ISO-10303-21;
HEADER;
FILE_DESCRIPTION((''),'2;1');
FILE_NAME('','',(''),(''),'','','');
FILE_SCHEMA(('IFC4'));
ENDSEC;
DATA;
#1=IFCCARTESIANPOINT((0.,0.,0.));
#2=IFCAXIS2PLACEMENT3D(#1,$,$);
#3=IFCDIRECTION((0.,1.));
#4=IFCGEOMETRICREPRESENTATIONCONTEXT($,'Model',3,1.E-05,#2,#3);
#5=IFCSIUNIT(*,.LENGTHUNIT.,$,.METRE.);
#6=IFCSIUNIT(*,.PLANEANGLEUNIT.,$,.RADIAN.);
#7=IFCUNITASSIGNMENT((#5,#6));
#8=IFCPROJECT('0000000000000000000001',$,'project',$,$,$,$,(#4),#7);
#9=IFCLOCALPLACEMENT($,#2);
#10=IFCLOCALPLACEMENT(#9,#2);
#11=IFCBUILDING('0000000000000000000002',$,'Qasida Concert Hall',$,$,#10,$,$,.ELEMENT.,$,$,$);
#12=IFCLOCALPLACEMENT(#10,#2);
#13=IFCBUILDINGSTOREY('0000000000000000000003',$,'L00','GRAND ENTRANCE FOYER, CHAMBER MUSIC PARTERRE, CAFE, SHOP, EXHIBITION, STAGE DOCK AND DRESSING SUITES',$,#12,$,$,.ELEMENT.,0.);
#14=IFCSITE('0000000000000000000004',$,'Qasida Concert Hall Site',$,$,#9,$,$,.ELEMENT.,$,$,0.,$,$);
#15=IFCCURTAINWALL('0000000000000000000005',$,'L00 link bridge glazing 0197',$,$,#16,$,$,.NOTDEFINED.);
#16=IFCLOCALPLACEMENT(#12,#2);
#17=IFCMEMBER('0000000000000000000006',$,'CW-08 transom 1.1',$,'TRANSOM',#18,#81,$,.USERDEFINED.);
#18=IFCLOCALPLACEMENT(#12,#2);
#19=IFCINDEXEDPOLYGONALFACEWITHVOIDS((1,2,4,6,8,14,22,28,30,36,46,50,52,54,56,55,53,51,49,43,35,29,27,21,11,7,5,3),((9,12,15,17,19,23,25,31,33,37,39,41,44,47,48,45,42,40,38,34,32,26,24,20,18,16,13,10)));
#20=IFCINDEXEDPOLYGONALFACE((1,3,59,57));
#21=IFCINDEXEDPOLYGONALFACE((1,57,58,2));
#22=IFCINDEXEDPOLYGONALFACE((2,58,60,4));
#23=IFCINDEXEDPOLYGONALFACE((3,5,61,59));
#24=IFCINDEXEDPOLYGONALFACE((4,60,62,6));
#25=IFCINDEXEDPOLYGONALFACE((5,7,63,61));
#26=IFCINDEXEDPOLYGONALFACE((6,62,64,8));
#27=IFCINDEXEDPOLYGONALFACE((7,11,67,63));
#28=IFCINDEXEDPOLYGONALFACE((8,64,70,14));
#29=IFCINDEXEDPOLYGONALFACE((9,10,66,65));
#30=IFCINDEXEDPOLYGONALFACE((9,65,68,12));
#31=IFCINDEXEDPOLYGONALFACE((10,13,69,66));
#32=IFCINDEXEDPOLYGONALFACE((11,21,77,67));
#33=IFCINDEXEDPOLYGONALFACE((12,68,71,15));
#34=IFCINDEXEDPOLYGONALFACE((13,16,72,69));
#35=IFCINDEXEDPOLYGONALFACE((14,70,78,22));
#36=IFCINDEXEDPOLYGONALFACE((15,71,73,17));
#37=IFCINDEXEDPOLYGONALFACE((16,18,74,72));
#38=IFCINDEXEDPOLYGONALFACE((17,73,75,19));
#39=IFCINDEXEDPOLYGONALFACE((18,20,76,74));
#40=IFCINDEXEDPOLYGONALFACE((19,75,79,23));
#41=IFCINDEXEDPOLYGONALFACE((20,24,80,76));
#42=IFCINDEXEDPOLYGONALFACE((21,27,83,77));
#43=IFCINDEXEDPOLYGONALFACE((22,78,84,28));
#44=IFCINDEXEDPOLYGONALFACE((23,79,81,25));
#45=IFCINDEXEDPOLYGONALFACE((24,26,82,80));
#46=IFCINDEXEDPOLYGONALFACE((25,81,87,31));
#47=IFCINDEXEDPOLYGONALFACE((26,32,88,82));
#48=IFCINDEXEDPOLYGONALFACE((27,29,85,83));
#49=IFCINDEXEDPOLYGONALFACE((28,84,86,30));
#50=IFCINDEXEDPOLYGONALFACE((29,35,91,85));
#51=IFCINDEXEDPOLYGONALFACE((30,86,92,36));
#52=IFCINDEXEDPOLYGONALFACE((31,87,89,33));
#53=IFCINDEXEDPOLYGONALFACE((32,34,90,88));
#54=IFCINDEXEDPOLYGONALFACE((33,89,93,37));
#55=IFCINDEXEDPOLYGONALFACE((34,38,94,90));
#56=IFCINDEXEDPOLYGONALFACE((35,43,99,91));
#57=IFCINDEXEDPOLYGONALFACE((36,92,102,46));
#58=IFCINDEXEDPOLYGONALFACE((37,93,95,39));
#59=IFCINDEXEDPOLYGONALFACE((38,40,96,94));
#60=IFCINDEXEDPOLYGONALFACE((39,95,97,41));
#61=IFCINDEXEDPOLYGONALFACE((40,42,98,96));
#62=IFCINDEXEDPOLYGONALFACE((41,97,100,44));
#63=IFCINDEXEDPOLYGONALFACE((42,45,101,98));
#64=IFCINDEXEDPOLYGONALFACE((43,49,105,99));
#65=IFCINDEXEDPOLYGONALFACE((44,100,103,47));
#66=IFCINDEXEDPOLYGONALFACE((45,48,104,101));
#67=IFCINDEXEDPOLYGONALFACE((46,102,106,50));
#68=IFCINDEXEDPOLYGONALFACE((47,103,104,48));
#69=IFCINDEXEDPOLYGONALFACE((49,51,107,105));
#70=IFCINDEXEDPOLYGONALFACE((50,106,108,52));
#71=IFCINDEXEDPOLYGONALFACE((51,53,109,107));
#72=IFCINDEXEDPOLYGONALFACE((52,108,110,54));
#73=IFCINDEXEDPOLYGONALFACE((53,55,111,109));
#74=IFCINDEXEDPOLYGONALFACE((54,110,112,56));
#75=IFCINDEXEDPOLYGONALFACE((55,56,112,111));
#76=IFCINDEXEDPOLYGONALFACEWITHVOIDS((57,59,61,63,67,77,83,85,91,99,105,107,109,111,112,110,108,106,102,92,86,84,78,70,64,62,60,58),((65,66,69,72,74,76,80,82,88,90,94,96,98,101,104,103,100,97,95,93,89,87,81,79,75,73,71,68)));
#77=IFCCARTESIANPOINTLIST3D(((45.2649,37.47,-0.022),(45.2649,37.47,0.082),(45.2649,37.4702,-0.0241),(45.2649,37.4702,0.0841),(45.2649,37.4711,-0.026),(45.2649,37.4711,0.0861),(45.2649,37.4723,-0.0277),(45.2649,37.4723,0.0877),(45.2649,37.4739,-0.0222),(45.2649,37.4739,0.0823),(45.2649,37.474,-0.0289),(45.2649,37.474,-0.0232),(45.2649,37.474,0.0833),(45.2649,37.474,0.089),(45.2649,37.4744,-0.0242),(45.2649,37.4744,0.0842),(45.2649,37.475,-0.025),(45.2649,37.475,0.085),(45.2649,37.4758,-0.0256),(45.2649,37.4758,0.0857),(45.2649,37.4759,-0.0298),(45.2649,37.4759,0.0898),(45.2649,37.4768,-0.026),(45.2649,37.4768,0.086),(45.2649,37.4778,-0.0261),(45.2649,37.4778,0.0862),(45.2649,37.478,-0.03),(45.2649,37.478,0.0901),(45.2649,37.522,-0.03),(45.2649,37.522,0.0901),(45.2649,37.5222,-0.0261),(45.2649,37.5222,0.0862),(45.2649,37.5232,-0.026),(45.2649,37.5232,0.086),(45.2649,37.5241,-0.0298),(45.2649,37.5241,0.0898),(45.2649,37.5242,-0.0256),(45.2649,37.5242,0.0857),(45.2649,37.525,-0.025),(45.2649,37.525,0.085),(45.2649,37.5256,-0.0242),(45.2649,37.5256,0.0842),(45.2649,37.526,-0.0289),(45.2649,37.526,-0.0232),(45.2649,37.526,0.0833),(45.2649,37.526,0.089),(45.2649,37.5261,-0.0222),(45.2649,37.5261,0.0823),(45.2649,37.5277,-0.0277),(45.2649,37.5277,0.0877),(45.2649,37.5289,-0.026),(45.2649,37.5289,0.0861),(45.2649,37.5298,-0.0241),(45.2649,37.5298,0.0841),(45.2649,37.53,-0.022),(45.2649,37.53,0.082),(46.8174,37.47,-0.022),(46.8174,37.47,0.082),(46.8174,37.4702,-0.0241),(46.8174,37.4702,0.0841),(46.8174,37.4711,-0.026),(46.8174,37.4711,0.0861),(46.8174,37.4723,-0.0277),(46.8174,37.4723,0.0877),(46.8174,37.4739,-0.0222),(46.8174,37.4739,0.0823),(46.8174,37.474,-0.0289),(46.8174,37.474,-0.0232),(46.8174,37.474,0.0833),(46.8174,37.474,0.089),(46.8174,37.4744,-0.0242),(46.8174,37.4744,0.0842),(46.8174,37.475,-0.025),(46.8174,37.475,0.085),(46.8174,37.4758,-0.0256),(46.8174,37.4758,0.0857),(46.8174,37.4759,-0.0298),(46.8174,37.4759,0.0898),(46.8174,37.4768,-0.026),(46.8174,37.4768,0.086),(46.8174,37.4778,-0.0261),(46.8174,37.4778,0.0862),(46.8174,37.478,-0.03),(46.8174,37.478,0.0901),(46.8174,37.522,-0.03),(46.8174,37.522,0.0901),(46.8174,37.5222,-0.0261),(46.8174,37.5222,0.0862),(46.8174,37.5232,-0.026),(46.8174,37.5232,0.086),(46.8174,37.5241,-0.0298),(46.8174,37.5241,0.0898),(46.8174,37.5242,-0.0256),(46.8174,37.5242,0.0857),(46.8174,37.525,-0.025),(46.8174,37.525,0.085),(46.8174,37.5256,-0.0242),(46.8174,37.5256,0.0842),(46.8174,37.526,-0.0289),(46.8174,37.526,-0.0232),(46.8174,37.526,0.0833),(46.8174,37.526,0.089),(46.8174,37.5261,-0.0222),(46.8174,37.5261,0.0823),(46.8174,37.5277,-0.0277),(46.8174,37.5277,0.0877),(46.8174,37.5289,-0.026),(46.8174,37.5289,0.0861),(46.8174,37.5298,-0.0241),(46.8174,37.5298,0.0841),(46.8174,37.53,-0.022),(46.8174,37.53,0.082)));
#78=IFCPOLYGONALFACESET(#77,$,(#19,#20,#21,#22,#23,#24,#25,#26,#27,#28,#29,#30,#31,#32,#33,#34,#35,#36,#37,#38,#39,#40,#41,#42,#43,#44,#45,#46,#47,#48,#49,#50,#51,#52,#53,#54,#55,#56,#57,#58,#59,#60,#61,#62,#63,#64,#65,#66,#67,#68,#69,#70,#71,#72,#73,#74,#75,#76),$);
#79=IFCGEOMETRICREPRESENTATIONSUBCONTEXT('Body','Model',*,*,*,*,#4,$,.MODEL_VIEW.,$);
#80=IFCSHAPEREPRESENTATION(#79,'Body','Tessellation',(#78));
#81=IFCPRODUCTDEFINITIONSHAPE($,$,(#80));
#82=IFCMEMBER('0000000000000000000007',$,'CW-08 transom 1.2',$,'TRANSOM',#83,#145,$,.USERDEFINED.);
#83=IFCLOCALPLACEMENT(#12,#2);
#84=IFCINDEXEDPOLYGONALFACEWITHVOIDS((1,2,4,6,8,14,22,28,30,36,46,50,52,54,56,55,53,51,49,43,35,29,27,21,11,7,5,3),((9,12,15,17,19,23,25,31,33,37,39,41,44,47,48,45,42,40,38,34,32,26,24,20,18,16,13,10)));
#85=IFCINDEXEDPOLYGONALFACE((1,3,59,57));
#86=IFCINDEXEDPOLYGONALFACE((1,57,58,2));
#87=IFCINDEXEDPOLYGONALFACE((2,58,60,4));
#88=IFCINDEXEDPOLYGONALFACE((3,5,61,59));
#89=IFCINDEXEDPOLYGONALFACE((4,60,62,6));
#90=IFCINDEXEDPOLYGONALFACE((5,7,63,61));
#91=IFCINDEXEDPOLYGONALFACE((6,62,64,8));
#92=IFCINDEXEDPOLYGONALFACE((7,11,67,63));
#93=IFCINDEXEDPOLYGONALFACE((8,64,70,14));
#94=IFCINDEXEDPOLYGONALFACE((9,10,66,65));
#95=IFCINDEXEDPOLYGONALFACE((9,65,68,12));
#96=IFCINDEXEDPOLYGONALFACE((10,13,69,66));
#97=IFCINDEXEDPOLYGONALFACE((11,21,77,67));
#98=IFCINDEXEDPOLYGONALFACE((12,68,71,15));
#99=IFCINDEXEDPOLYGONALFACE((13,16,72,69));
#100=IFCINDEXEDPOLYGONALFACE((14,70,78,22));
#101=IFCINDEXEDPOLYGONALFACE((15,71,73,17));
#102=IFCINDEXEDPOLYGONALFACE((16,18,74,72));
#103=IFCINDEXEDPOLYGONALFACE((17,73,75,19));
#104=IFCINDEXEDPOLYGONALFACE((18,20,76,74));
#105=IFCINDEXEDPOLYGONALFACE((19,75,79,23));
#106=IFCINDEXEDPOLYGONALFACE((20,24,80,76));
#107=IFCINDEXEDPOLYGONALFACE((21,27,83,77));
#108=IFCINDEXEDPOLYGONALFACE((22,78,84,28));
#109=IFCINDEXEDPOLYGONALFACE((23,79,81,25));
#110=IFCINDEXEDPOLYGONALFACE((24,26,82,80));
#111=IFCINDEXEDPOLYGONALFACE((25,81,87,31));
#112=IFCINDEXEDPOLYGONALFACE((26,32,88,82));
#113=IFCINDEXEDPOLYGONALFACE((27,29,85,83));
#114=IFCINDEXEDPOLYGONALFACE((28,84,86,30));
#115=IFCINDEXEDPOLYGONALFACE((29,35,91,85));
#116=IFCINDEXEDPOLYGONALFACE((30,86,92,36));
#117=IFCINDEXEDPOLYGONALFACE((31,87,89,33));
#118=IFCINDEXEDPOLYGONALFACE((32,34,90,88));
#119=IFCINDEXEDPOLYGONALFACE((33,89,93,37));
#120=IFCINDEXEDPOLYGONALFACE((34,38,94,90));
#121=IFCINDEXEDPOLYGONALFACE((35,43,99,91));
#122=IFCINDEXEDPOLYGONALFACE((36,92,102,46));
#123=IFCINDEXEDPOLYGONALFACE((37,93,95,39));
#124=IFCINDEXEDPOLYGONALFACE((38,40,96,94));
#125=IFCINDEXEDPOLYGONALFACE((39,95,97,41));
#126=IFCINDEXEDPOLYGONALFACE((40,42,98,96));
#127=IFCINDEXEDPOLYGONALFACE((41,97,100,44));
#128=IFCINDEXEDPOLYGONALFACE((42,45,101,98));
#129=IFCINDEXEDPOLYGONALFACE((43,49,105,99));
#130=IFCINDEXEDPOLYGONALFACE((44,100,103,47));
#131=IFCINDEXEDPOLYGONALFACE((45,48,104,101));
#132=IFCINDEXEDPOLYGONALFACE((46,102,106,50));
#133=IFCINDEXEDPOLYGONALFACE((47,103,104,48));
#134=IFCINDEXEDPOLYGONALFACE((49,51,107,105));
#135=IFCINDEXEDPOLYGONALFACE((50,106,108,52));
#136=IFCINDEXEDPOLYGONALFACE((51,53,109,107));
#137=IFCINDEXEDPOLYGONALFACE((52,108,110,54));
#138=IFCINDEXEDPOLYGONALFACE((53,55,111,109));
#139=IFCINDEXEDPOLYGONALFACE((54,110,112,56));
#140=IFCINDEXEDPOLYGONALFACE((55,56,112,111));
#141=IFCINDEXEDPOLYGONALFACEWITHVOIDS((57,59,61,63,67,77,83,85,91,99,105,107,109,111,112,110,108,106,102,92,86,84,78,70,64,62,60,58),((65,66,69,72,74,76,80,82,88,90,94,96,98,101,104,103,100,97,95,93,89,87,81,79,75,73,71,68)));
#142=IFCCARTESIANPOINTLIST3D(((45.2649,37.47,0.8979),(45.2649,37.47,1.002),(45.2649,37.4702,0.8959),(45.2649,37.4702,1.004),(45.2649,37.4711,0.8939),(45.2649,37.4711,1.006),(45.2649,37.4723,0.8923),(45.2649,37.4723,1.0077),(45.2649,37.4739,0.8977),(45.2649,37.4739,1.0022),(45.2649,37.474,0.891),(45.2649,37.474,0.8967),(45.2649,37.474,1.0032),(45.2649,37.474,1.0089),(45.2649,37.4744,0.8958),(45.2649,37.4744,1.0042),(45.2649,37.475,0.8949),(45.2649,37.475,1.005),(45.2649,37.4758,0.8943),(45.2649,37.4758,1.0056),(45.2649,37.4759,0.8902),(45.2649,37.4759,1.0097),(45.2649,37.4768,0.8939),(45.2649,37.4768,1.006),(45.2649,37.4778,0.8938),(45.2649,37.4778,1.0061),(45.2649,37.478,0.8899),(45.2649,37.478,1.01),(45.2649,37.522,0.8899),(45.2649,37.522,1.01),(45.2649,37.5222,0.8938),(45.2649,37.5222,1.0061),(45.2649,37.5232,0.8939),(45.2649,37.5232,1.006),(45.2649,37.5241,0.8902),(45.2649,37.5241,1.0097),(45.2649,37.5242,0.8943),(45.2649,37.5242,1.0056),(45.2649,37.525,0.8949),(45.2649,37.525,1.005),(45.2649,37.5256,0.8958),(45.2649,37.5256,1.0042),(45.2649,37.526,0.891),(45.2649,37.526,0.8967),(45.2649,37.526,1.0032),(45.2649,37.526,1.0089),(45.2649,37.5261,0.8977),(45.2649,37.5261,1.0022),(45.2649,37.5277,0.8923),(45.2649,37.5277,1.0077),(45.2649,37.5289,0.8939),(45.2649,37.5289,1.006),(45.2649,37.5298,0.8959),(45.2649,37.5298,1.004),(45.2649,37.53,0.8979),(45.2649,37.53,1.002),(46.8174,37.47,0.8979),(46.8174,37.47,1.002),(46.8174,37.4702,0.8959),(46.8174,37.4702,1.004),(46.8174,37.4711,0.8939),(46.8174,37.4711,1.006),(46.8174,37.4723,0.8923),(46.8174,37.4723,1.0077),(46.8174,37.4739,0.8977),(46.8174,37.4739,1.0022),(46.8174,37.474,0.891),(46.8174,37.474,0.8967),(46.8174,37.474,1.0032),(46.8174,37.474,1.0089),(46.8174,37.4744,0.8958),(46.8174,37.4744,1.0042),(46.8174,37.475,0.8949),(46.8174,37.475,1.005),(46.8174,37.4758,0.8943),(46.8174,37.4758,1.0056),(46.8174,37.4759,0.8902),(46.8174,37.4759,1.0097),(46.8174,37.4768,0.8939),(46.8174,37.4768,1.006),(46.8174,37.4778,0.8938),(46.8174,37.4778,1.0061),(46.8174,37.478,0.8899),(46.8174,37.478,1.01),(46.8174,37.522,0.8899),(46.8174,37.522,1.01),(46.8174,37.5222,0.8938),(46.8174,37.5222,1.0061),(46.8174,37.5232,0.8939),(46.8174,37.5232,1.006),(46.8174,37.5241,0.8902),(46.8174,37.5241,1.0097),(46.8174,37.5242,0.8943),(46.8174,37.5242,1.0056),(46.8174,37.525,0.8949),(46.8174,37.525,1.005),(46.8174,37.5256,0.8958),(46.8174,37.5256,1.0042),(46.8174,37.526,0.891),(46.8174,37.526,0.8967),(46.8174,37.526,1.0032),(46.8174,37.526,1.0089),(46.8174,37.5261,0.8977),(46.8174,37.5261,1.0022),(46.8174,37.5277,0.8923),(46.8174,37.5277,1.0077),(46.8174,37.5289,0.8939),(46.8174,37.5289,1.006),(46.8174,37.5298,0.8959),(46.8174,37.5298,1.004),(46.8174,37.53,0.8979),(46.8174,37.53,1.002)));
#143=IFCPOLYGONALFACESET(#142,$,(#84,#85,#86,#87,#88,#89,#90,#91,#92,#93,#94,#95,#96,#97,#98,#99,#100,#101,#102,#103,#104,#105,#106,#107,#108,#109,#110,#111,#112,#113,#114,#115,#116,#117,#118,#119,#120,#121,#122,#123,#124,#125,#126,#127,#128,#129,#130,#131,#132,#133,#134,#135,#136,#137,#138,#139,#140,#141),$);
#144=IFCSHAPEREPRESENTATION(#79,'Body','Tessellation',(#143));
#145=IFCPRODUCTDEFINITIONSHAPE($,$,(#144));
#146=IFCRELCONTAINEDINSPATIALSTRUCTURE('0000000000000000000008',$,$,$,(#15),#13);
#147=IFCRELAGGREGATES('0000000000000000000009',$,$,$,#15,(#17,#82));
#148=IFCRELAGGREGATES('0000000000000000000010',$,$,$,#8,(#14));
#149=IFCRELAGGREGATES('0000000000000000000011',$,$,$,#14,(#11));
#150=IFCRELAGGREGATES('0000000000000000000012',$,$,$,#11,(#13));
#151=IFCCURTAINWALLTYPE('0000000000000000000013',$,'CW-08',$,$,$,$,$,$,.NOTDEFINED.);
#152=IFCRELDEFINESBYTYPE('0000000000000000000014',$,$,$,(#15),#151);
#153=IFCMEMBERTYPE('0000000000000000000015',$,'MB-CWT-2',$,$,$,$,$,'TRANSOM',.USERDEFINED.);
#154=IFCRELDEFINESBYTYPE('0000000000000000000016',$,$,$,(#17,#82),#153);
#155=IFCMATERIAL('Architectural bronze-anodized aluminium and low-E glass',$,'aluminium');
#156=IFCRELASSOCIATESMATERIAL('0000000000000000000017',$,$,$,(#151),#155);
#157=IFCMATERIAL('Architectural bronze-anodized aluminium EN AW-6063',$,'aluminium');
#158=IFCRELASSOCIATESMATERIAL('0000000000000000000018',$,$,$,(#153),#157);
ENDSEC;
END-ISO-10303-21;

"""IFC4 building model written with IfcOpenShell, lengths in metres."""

from ifc_helpers import new_model, si_unit, direction, frame, origin, origin_2d, place, context, subcontext, project, spatial, hollow_rectangle, extrude, material, material_profile, profile_set, type_object, element, aggregate, save


model = new_model("IFC4")

# Units and contexts
model_context = context("Model", 3, precision=1e-05, world=origin(), true_north=direction((0.0, 1.0)))
body_context = subcontext(model_context, "Body", "Model", "MODEL_VIEW")
ifc_project = project(units=[si_unit("LENGTHUNIT", "METRE"), si_unit("PLANEANGLEUNIT", "RADIAN")], contexts=[model_context])

# Site, building, storey
site_placement = place(None, origin())
site = spatial("IfcSite", under=ifc_project, at=site_placement, Name="Qasida Concert Hall Site", CompositionType="ELEMENT", RefElevation=0.0)
building_placement = place(site_placement, origin())
building = spatial("IfcBuilding", under=site, at=building_placement, Name="Qasida Concert Hall", CompositionType="ELEMENT")
storey_placement = place(building_placement, origin())
storey = spatial("IfcBuildingStorey", under=building, at=storey_placement, Name="L00", Description="GRAND ENTRANCE FOYER, CHAMBER MUSIC PARTERRE, CAFE, SHOP, EXHIBITION, STAGE DOCK AND DRESSING SUITES", CompositionType="ELEMENT", Elevation=0.0)

# Curtain wall, members
ifc_material_1 = material(Name="Architectural bronze-anodized aluminium and low-E glass", Category="aluminium")
curtain_wall_type = type_object("IfcCurtainWallType", Name="CW-08", PredefinedType="NOTDEFINED", material=ifc_material_1)
curtain_wall_placement = place(storey_placement, origin())
curtain_wall = element("IfcCurtainWall", 1, at=curtain_wall_placement, inside=storey, type_object=curtain_wall_type, Name="L00 link bridge glazing 0197", PredefinedType="NOTDEFINED")
ifc_material_2 = material(Name="Architectural bronze-anodized aluminium EN AW-6063", Category="aluminium")
ifc_material_profile_1 = material_profile(ifc_material_2, hollow_rectangle(XDim=0.0601, YDim=0.1201, WallThickness=0.0039, InnerFilletRadius=0.0039, OuterFilletRadius=0.0081, at=origin_2d()), Name="CWT 120x60x4")
ifc_profile_set_1 = profile_set([ifc_material_profile_1], Name="Architectural bronze-anodized aluminium EN AW-6063")
member_type_1 = type_object("IfcMemberType", Name="MB-CWT-2", ElementType="TRANSOM", PredefinedType="USERDEFINED", material=ifc_profile_set_1)
member_1_placement = place(storey_placement, frame((45.2649, 37.5, 0.03), z_axis=(1.0, 0.0, 0.0), x_axis=(0.0, 1.0, 0.0)))
member_1 = element("IfcMember", 2, at=member_1_placement, type_object=member_type_1, Name="CW-08 transom 1.1", ObjectType="TRANSOM", PredefinedType="USERDEFINED", context=body_context, shape_type="SweptSolid", body=[
    extrude(hollow_rectangle(XDim=0.0601, YDim=0.1201, WallThickness=0.0039, InnerFilletRadius=0.0039, OuterFilletRadius=0.0081, at=origin_2d()), origin(), (0.0, 0.0, 1.0), 1.5525),
])
member_2_placement = place(storey_placement, frame((45.2649, 37.5, 0.95), z_axis=(1.0, 0.0, 0.0), x_axis=(0.0, 1.0, 0.0)))
member_2 = element("IfcMember", 3, at=member_2_placement, type_object=member_type_1, Name="CW-08 transom 1.2", ObjectType="TRANSOM", PredefinedType="USERDEFINED", context=body_context, shape_type="SweptSolid", body=[
    extrude(hollow_rectangle(XDim=0.0601, YDim=0.1201, WallThickness=0.0039, InnerFilletRadius=0.0039, OuterFilletRadius=0.0081, at=origin_2d()), origin(), (0.0, 0.0, 1.0), 1.5525),
])
aggregate(curtain_wall, [member_1, member_2])

save(model, "model.ifc")
